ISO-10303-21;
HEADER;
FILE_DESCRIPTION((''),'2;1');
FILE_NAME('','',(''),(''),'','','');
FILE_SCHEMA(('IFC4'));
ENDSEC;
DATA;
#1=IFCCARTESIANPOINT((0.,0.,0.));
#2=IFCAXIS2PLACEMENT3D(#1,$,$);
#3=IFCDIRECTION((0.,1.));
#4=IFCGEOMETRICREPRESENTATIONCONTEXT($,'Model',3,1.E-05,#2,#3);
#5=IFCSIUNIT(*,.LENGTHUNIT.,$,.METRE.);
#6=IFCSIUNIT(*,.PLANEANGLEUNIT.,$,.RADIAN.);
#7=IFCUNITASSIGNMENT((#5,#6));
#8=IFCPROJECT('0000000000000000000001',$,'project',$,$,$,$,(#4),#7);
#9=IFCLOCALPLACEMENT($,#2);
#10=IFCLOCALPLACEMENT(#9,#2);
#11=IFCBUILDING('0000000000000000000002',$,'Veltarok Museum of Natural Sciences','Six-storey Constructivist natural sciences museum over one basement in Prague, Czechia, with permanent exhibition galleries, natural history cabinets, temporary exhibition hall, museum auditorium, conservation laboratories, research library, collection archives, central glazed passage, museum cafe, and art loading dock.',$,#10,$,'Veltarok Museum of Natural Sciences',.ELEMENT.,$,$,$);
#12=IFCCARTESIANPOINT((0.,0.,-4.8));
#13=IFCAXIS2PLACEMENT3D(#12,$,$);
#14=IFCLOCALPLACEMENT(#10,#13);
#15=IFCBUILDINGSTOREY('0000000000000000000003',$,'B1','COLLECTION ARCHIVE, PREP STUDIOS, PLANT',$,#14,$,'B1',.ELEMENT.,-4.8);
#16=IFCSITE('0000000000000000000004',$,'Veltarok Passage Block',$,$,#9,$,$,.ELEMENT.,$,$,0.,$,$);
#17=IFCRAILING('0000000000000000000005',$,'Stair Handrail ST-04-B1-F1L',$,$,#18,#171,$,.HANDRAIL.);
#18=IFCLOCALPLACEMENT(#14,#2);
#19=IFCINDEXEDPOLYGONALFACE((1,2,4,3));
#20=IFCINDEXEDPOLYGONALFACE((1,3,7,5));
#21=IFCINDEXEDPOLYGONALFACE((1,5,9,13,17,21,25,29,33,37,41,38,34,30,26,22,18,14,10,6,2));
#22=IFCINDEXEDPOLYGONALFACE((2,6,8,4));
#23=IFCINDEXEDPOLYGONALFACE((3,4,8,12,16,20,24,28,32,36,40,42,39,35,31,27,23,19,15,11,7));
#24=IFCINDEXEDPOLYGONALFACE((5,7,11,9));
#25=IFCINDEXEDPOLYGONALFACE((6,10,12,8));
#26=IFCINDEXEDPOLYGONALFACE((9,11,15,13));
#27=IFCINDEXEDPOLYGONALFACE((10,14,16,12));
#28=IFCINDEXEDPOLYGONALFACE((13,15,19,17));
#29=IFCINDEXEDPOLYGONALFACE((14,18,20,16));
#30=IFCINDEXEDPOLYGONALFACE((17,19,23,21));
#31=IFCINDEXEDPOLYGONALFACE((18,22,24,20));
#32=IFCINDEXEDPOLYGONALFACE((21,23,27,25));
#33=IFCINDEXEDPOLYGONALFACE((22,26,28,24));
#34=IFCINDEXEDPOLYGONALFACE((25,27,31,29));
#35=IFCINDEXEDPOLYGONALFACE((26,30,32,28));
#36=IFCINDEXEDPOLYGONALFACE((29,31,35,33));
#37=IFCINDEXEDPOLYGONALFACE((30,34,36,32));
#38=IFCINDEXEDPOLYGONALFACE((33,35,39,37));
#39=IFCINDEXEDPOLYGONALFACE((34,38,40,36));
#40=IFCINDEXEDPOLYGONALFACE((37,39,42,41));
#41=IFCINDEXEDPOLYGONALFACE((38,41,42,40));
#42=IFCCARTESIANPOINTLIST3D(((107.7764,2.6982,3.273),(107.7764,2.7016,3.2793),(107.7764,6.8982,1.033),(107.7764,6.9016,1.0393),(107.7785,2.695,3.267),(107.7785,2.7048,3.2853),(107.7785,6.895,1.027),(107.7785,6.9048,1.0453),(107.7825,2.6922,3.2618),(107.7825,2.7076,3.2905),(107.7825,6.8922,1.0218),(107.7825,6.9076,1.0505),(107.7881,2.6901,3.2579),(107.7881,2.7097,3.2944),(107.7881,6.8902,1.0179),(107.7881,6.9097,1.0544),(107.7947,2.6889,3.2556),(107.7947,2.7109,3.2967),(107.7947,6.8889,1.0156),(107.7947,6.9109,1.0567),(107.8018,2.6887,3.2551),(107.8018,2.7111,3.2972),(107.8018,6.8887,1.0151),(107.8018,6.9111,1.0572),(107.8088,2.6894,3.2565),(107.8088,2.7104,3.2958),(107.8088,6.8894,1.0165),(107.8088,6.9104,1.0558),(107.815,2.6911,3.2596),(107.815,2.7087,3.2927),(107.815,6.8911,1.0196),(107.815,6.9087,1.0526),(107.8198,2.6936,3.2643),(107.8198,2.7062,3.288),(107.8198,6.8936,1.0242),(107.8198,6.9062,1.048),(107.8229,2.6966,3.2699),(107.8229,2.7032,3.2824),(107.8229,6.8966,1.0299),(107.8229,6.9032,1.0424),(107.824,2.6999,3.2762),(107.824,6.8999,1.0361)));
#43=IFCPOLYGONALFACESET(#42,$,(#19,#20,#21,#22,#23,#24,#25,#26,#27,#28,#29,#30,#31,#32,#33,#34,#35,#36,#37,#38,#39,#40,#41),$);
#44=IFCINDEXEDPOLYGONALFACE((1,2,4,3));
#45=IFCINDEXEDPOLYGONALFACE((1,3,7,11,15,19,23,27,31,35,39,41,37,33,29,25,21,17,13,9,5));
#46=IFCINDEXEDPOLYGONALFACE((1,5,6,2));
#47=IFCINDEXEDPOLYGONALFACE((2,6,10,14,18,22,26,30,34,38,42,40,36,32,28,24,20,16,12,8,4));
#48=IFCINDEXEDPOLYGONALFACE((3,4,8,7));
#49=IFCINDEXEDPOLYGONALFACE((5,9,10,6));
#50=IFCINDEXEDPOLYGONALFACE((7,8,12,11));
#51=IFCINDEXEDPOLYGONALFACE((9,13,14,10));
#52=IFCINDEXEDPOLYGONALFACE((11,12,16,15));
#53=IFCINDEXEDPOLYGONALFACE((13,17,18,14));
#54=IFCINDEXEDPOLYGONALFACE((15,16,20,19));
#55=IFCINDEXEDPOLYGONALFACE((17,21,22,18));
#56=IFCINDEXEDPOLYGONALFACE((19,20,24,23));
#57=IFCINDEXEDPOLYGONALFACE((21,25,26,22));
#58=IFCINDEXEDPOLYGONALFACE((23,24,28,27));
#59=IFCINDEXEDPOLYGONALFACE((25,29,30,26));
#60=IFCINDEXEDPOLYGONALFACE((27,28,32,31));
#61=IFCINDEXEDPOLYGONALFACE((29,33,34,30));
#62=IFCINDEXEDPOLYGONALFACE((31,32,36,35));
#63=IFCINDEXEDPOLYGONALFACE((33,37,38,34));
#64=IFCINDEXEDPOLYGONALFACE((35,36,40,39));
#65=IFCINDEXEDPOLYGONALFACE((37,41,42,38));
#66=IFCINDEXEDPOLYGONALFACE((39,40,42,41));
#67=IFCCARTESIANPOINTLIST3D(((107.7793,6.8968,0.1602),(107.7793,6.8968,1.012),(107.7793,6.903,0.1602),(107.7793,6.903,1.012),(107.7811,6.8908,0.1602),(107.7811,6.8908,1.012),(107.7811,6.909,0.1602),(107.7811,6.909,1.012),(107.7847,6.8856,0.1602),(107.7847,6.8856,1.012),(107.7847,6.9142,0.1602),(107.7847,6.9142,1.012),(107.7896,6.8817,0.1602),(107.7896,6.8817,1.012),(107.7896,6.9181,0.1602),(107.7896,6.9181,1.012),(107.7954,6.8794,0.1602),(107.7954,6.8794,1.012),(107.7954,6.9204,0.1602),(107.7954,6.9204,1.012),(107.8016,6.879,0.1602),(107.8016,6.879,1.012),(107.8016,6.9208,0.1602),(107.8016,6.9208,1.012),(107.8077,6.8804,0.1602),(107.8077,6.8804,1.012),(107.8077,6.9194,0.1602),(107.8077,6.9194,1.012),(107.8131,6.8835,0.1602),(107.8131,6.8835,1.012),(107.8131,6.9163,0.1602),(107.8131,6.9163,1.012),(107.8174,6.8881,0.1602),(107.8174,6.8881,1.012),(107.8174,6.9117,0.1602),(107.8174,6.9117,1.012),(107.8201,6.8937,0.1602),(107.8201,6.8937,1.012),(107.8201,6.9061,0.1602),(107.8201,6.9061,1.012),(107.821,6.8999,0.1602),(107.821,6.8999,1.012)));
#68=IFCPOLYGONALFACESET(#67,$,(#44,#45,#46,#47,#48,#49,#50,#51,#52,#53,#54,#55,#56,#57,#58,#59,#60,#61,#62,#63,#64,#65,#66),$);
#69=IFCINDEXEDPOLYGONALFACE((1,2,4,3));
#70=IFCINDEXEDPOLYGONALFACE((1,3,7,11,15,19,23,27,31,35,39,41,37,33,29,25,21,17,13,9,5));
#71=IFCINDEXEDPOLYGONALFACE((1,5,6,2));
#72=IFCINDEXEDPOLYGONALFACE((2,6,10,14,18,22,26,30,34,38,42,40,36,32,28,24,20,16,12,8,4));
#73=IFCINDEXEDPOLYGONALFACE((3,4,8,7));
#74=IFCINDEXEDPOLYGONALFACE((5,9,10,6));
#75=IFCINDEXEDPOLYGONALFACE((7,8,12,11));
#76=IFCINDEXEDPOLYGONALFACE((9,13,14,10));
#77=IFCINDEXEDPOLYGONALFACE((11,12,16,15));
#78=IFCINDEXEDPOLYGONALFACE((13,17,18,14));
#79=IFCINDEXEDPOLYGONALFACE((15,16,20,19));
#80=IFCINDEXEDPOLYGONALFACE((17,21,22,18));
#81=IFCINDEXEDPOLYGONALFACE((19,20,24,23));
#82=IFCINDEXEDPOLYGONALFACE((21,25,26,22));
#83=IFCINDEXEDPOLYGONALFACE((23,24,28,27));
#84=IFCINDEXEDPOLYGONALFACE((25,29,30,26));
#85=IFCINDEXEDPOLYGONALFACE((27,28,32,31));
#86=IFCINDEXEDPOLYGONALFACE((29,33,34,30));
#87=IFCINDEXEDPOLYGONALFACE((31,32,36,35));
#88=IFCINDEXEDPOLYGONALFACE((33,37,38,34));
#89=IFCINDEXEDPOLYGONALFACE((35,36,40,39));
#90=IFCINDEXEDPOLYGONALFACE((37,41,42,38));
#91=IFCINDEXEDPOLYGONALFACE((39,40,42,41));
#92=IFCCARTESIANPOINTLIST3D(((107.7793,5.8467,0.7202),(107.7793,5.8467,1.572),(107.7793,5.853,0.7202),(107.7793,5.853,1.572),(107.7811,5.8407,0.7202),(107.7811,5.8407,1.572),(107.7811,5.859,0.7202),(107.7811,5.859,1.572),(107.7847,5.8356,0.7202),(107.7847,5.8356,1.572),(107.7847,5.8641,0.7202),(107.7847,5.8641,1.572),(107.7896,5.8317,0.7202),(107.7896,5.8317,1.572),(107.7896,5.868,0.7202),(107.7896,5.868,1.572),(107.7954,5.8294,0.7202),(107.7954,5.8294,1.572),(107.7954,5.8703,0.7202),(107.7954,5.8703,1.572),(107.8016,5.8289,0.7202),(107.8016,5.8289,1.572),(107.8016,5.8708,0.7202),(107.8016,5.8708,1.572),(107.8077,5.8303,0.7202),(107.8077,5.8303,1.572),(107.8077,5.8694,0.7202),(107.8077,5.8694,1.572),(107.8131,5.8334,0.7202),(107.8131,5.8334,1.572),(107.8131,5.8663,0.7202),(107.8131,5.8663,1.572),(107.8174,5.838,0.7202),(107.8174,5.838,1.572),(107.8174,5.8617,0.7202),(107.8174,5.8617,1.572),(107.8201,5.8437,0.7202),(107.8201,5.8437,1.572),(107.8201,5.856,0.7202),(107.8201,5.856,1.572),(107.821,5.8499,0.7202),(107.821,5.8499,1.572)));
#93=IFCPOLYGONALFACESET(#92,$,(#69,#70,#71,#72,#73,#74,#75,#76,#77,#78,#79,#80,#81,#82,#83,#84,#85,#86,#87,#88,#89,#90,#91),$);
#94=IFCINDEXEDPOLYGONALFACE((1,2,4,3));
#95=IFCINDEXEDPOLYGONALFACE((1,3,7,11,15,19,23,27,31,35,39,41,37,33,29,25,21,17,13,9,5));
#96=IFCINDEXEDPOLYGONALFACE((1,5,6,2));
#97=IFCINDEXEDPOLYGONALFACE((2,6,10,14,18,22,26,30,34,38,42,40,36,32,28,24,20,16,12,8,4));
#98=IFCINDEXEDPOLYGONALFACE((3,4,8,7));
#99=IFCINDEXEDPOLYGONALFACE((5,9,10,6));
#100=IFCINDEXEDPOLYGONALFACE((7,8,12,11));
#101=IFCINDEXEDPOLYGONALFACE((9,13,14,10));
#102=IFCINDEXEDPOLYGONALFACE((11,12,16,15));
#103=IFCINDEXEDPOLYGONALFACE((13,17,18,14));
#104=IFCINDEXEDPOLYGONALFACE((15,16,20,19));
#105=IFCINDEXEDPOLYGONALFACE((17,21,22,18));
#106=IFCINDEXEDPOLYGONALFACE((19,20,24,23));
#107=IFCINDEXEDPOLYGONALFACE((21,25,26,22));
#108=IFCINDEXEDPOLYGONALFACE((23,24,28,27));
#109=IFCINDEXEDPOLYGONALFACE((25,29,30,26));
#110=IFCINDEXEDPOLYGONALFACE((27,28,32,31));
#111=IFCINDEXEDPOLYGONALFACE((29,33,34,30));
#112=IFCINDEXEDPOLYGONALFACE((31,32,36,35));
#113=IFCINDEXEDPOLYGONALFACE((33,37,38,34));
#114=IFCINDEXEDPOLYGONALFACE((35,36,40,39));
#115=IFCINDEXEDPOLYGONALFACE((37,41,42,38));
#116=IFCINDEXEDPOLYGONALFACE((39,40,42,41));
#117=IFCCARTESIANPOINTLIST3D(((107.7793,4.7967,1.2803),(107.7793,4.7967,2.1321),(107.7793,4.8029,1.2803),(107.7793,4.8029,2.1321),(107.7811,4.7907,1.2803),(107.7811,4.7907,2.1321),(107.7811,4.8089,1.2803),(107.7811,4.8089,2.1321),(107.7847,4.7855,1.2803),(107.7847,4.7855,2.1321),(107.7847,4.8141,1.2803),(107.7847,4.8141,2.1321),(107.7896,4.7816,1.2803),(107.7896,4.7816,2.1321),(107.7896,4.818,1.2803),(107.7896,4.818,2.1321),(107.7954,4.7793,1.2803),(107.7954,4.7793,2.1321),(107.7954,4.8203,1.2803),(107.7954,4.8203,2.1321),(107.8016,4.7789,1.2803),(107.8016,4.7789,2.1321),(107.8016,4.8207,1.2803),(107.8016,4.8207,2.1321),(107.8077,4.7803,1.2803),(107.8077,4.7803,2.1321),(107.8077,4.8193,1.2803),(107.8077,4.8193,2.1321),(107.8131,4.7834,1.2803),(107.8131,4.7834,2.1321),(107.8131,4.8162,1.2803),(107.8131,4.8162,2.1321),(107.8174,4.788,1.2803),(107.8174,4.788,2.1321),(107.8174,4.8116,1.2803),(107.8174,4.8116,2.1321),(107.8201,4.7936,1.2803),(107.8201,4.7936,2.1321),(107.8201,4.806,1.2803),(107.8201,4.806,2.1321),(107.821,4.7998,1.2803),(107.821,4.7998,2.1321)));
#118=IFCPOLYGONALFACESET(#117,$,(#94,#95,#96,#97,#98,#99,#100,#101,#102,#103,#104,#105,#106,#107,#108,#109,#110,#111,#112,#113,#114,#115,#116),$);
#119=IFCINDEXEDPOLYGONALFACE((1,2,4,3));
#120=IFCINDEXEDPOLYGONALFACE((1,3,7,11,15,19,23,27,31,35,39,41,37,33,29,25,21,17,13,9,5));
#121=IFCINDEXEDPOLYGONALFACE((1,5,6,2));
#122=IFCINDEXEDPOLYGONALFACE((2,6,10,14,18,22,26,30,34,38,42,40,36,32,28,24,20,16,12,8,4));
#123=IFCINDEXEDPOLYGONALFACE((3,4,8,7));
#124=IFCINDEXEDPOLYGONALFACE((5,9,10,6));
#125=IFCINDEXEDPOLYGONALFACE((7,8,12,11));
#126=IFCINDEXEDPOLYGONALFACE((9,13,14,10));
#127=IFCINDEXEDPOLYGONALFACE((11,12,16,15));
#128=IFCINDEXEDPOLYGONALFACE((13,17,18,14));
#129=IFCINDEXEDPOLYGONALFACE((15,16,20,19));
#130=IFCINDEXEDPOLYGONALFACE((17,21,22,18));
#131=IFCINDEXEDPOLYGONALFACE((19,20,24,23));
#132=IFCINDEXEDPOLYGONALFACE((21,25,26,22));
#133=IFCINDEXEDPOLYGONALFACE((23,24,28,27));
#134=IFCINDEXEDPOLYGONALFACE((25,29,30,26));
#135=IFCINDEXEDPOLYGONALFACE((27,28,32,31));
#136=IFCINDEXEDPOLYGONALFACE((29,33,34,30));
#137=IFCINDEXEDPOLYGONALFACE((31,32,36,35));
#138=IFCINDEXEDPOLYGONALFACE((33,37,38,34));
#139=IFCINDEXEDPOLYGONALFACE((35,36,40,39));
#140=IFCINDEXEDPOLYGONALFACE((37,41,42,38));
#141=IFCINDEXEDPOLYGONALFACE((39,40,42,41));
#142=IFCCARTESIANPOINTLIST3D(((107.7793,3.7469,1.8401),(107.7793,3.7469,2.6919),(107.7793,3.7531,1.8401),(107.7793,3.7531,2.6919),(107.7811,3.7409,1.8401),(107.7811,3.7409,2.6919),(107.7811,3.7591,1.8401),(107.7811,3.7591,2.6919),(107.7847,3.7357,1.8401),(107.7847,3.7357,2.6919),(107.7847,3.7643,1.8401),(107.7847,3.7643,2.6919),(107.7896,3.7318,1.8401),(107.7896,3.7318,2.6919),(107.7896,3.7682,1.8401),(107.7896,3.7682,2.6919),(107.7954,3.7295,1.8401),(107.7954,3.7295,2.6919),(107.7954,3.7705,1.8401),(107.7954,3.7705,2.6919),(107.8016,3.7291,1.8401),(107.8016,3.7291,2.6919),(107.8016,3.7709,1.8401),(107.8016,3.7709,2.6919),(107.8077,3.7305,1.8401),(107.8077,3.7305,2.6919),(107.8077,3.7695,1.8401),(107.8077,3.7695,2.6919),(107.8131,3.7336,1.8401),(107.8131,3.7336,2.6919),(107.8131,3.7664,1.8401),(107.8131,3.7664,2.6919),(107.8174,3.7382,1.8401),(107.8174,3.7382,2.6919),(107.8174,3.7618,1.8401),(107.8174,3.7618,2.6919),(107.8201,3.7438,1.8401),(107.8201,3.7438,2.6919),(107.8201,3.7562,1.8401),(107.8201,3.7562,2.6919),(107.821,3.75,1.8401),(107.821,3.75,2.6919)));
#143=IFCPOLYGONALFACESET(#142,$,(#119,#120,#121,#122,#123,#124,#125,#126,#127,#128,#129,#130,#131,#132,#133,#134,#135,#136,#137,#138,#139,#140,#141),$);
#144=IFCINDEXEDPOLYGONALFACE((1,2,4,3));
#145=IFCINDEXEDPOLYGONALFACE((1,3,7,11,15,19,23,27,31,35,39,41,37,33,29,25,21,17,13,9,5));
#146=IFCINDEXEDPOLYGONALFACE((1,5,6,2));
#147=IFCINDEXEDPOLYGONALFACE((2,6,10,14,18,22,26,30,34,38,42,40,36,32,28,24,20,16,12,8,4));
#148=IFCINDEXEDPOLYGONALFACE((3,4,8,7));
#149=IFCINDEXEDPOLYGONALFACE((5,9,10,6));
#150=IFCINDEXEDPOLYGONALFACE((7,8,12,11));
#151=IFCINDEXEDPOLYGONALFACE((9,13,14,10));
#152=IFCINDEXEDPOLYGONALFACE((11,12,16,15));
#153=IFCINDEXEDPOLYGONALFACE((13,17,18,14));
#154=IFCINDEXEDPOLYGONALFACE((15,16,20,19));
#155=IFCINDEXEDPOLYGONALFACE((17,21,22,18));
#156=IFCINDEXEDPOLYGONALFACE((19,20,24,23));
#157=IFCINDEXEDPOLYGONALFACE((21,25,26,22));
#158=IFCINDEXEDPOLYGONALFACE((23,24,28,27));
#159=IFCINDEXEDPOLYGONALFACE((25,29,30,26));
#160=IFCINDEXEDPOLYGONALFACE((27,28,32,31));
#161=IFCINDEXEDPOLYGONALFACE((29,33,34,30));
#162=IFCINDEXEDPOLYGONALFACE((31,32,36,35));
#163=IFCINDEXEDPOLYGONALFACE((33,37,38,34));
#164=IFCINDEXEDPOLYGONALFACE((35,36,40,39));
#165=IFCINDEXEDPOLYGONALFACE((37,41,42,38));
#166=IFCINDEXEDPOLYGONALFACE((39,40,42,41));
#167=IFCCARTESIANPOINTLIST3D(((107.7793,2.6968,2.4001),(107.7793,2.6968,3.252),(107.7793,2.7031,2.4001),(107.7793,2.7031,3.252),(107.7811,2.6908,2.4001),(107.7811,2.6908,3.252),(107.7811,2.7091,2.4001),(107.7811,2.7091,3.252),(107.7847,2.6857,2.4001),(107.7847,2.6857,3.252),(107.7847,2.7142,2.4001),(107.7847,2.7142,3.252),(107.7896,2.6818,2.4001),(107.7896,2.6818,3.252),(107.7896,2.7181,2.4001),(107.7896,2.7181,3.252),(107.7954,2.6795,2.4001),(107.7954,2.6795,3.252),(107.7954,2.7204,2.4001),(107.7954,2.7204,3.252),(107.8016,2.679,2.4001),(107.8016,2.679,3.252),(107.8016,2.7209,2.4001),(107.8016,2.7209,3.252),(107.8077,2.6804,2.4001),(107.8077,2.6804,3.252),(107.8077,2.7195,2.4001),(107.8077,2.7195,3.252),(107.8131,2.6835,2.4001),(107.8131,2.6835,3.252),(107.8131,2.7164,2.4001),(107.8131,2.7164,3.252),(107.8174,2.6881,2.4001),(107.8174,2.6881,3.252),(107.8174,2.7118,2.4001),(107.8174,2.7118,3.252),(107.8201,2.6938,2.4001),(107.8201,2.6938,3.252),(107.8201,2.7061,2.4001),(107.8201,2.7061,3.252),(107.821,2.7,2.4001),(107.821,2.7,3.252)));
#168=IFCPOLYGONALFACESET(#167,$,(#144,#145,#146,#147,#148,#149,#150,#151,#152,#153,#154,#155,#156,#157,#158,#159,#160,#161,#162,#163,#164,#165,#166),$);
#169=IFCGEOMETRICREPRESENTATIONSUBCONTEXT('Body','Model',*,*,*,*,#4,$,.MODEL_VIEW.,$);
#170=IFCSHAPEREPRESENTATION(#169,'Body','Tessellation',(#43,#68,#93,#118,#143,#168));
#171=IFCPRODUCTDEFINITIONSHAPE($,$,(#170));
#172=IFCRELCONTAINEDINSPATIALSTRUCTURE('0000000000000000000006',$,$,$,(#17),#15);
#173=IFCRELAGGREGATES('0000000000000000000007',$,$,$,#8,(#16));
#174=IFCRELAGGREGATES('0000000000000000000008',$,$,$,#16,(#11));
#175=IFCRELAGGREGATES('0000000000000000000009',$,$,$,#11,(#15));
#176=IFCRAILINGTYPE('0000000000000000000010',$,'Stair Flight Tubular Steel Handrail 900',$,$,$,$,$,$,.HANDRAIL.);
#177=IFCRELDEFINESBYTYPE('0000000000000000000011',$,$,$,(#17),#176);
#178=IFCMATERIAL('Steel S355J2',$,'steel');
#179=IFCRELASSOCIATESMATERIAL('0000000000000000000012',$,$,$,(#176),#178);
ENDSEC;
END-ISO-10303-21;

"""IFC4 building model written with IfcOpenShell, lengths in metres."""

from ifc_helpers import new_model, si_unit, direction, frame, origin, origin_2d, place, context, subcontext, project, spatial, circle, extrude, material, type_object, element, save


model = new_model("IFC4")

# Units and contexts
model_context = context("Model", 3, precision=1e-05, world=origin(), true_north=direction((0.0, 1.0)))
body_context = subcontext(model_context, "Body", "Model", "MODEL_VIEW")
ifc_project = project(units=[si_unit("LENGTHUNIT", "METRE"), si_unit("PLANEANGLEUNIT", "RADIAN")], contexts=[model_context])

# Site, building, storey
site_placement = place(None, origin())
site = spatial("IfcSite", under=ifc_project, at=site_placement, Name="Veltarok Passage Block", CompositionType="ELEMENT", RefElevation=0.0)
building_placement = place(site_placement, origin())
building = spatial("IfcBuilding", under=site, at=building_placement, Name="Veltarok Museum of Natural Sciences", Description="Six-storey Constructivist natural sciences museum over one basement in Prague, Czechia, with permanent exhibition galleries, natural history cabinets, temporary exhibition hall, museum auditorium, conservation laboratories, research library, collection archives, central glazed passage, museum cafe, and art loading dock.", LongName="Veltarok Museum of Natural Sciences", CompositionType="ELEMENT")
storey_placement = place(building_placement, frame((0.0, 0.0, -4.8)))
storey = spatial("IfcBuildingStorey", under=building, at=storey_placement, Name="B1", Description="COLLECTION ARCHIVE, PREP STUDIOS, PLANT", LongName="B1", CompositionType="ELEMENT", Elevation=-4.8)

# Shared definitions
ifc_material_1 = material(Name="Steel S355J2", Category="steel")

# Railing
railing_type_1 = type_object("IfcRailingType", Name="Stair Flight Tubular Steel Handrail 900", PredefinedType="HANDRAIL", material=ifc_material_1)
for number, where, name in (
    (1, (107.8, 6.8999, 0.1602), "Stair Handrail ST-04-B1-F1L"),
):
    element("IfcRailing", number, at=place(storey_placement, frame(where)), inside=storey, type_object=railing_type_1, Name=name, PredefinedType="HANDRAIL", context=body_context, shape_type="SweptSolid", body=[
        extrude(circle(Radius=0.0239, at=origin_2d()), frame((0.0, 0.0, 0.876), z_axis=(0.0, -0.882352, 0.470591), x_axis=(1.0, 0.0, 0.0)), (0.0, 0.0, 1.0), 4.76),
        extrude(circle(Radius=0.021, at=origin_2d()), origin(), (0.0, 0.0, 1.0), 0.8518),
        extrude(circle(Radius=0.021, at=origin_2d()), frame((0.0, -1.05, 0.5601)), (0.0, 0.0, 1.0), 0.8518),
        extrude(circle(Radius=0.021, at=origin_2d()), frame((0.0, -2.1001, 1.1201)), (0.0, 0.0, 1.0), 0.8518),
        extrude(circle(Radius=0.021, at=origin_2d()), frame((0.0, -3.1499, 1.6799)), (0.0, 0.0, 1.0), 0.8518),
        extrude(circle(Radius=0.021, at=origin_2d()), frame((0.0, -4.2, 2.24)), (0.0, 0.0, 1.0), 0.8518),
    ])

save(model, "model.ifc")
